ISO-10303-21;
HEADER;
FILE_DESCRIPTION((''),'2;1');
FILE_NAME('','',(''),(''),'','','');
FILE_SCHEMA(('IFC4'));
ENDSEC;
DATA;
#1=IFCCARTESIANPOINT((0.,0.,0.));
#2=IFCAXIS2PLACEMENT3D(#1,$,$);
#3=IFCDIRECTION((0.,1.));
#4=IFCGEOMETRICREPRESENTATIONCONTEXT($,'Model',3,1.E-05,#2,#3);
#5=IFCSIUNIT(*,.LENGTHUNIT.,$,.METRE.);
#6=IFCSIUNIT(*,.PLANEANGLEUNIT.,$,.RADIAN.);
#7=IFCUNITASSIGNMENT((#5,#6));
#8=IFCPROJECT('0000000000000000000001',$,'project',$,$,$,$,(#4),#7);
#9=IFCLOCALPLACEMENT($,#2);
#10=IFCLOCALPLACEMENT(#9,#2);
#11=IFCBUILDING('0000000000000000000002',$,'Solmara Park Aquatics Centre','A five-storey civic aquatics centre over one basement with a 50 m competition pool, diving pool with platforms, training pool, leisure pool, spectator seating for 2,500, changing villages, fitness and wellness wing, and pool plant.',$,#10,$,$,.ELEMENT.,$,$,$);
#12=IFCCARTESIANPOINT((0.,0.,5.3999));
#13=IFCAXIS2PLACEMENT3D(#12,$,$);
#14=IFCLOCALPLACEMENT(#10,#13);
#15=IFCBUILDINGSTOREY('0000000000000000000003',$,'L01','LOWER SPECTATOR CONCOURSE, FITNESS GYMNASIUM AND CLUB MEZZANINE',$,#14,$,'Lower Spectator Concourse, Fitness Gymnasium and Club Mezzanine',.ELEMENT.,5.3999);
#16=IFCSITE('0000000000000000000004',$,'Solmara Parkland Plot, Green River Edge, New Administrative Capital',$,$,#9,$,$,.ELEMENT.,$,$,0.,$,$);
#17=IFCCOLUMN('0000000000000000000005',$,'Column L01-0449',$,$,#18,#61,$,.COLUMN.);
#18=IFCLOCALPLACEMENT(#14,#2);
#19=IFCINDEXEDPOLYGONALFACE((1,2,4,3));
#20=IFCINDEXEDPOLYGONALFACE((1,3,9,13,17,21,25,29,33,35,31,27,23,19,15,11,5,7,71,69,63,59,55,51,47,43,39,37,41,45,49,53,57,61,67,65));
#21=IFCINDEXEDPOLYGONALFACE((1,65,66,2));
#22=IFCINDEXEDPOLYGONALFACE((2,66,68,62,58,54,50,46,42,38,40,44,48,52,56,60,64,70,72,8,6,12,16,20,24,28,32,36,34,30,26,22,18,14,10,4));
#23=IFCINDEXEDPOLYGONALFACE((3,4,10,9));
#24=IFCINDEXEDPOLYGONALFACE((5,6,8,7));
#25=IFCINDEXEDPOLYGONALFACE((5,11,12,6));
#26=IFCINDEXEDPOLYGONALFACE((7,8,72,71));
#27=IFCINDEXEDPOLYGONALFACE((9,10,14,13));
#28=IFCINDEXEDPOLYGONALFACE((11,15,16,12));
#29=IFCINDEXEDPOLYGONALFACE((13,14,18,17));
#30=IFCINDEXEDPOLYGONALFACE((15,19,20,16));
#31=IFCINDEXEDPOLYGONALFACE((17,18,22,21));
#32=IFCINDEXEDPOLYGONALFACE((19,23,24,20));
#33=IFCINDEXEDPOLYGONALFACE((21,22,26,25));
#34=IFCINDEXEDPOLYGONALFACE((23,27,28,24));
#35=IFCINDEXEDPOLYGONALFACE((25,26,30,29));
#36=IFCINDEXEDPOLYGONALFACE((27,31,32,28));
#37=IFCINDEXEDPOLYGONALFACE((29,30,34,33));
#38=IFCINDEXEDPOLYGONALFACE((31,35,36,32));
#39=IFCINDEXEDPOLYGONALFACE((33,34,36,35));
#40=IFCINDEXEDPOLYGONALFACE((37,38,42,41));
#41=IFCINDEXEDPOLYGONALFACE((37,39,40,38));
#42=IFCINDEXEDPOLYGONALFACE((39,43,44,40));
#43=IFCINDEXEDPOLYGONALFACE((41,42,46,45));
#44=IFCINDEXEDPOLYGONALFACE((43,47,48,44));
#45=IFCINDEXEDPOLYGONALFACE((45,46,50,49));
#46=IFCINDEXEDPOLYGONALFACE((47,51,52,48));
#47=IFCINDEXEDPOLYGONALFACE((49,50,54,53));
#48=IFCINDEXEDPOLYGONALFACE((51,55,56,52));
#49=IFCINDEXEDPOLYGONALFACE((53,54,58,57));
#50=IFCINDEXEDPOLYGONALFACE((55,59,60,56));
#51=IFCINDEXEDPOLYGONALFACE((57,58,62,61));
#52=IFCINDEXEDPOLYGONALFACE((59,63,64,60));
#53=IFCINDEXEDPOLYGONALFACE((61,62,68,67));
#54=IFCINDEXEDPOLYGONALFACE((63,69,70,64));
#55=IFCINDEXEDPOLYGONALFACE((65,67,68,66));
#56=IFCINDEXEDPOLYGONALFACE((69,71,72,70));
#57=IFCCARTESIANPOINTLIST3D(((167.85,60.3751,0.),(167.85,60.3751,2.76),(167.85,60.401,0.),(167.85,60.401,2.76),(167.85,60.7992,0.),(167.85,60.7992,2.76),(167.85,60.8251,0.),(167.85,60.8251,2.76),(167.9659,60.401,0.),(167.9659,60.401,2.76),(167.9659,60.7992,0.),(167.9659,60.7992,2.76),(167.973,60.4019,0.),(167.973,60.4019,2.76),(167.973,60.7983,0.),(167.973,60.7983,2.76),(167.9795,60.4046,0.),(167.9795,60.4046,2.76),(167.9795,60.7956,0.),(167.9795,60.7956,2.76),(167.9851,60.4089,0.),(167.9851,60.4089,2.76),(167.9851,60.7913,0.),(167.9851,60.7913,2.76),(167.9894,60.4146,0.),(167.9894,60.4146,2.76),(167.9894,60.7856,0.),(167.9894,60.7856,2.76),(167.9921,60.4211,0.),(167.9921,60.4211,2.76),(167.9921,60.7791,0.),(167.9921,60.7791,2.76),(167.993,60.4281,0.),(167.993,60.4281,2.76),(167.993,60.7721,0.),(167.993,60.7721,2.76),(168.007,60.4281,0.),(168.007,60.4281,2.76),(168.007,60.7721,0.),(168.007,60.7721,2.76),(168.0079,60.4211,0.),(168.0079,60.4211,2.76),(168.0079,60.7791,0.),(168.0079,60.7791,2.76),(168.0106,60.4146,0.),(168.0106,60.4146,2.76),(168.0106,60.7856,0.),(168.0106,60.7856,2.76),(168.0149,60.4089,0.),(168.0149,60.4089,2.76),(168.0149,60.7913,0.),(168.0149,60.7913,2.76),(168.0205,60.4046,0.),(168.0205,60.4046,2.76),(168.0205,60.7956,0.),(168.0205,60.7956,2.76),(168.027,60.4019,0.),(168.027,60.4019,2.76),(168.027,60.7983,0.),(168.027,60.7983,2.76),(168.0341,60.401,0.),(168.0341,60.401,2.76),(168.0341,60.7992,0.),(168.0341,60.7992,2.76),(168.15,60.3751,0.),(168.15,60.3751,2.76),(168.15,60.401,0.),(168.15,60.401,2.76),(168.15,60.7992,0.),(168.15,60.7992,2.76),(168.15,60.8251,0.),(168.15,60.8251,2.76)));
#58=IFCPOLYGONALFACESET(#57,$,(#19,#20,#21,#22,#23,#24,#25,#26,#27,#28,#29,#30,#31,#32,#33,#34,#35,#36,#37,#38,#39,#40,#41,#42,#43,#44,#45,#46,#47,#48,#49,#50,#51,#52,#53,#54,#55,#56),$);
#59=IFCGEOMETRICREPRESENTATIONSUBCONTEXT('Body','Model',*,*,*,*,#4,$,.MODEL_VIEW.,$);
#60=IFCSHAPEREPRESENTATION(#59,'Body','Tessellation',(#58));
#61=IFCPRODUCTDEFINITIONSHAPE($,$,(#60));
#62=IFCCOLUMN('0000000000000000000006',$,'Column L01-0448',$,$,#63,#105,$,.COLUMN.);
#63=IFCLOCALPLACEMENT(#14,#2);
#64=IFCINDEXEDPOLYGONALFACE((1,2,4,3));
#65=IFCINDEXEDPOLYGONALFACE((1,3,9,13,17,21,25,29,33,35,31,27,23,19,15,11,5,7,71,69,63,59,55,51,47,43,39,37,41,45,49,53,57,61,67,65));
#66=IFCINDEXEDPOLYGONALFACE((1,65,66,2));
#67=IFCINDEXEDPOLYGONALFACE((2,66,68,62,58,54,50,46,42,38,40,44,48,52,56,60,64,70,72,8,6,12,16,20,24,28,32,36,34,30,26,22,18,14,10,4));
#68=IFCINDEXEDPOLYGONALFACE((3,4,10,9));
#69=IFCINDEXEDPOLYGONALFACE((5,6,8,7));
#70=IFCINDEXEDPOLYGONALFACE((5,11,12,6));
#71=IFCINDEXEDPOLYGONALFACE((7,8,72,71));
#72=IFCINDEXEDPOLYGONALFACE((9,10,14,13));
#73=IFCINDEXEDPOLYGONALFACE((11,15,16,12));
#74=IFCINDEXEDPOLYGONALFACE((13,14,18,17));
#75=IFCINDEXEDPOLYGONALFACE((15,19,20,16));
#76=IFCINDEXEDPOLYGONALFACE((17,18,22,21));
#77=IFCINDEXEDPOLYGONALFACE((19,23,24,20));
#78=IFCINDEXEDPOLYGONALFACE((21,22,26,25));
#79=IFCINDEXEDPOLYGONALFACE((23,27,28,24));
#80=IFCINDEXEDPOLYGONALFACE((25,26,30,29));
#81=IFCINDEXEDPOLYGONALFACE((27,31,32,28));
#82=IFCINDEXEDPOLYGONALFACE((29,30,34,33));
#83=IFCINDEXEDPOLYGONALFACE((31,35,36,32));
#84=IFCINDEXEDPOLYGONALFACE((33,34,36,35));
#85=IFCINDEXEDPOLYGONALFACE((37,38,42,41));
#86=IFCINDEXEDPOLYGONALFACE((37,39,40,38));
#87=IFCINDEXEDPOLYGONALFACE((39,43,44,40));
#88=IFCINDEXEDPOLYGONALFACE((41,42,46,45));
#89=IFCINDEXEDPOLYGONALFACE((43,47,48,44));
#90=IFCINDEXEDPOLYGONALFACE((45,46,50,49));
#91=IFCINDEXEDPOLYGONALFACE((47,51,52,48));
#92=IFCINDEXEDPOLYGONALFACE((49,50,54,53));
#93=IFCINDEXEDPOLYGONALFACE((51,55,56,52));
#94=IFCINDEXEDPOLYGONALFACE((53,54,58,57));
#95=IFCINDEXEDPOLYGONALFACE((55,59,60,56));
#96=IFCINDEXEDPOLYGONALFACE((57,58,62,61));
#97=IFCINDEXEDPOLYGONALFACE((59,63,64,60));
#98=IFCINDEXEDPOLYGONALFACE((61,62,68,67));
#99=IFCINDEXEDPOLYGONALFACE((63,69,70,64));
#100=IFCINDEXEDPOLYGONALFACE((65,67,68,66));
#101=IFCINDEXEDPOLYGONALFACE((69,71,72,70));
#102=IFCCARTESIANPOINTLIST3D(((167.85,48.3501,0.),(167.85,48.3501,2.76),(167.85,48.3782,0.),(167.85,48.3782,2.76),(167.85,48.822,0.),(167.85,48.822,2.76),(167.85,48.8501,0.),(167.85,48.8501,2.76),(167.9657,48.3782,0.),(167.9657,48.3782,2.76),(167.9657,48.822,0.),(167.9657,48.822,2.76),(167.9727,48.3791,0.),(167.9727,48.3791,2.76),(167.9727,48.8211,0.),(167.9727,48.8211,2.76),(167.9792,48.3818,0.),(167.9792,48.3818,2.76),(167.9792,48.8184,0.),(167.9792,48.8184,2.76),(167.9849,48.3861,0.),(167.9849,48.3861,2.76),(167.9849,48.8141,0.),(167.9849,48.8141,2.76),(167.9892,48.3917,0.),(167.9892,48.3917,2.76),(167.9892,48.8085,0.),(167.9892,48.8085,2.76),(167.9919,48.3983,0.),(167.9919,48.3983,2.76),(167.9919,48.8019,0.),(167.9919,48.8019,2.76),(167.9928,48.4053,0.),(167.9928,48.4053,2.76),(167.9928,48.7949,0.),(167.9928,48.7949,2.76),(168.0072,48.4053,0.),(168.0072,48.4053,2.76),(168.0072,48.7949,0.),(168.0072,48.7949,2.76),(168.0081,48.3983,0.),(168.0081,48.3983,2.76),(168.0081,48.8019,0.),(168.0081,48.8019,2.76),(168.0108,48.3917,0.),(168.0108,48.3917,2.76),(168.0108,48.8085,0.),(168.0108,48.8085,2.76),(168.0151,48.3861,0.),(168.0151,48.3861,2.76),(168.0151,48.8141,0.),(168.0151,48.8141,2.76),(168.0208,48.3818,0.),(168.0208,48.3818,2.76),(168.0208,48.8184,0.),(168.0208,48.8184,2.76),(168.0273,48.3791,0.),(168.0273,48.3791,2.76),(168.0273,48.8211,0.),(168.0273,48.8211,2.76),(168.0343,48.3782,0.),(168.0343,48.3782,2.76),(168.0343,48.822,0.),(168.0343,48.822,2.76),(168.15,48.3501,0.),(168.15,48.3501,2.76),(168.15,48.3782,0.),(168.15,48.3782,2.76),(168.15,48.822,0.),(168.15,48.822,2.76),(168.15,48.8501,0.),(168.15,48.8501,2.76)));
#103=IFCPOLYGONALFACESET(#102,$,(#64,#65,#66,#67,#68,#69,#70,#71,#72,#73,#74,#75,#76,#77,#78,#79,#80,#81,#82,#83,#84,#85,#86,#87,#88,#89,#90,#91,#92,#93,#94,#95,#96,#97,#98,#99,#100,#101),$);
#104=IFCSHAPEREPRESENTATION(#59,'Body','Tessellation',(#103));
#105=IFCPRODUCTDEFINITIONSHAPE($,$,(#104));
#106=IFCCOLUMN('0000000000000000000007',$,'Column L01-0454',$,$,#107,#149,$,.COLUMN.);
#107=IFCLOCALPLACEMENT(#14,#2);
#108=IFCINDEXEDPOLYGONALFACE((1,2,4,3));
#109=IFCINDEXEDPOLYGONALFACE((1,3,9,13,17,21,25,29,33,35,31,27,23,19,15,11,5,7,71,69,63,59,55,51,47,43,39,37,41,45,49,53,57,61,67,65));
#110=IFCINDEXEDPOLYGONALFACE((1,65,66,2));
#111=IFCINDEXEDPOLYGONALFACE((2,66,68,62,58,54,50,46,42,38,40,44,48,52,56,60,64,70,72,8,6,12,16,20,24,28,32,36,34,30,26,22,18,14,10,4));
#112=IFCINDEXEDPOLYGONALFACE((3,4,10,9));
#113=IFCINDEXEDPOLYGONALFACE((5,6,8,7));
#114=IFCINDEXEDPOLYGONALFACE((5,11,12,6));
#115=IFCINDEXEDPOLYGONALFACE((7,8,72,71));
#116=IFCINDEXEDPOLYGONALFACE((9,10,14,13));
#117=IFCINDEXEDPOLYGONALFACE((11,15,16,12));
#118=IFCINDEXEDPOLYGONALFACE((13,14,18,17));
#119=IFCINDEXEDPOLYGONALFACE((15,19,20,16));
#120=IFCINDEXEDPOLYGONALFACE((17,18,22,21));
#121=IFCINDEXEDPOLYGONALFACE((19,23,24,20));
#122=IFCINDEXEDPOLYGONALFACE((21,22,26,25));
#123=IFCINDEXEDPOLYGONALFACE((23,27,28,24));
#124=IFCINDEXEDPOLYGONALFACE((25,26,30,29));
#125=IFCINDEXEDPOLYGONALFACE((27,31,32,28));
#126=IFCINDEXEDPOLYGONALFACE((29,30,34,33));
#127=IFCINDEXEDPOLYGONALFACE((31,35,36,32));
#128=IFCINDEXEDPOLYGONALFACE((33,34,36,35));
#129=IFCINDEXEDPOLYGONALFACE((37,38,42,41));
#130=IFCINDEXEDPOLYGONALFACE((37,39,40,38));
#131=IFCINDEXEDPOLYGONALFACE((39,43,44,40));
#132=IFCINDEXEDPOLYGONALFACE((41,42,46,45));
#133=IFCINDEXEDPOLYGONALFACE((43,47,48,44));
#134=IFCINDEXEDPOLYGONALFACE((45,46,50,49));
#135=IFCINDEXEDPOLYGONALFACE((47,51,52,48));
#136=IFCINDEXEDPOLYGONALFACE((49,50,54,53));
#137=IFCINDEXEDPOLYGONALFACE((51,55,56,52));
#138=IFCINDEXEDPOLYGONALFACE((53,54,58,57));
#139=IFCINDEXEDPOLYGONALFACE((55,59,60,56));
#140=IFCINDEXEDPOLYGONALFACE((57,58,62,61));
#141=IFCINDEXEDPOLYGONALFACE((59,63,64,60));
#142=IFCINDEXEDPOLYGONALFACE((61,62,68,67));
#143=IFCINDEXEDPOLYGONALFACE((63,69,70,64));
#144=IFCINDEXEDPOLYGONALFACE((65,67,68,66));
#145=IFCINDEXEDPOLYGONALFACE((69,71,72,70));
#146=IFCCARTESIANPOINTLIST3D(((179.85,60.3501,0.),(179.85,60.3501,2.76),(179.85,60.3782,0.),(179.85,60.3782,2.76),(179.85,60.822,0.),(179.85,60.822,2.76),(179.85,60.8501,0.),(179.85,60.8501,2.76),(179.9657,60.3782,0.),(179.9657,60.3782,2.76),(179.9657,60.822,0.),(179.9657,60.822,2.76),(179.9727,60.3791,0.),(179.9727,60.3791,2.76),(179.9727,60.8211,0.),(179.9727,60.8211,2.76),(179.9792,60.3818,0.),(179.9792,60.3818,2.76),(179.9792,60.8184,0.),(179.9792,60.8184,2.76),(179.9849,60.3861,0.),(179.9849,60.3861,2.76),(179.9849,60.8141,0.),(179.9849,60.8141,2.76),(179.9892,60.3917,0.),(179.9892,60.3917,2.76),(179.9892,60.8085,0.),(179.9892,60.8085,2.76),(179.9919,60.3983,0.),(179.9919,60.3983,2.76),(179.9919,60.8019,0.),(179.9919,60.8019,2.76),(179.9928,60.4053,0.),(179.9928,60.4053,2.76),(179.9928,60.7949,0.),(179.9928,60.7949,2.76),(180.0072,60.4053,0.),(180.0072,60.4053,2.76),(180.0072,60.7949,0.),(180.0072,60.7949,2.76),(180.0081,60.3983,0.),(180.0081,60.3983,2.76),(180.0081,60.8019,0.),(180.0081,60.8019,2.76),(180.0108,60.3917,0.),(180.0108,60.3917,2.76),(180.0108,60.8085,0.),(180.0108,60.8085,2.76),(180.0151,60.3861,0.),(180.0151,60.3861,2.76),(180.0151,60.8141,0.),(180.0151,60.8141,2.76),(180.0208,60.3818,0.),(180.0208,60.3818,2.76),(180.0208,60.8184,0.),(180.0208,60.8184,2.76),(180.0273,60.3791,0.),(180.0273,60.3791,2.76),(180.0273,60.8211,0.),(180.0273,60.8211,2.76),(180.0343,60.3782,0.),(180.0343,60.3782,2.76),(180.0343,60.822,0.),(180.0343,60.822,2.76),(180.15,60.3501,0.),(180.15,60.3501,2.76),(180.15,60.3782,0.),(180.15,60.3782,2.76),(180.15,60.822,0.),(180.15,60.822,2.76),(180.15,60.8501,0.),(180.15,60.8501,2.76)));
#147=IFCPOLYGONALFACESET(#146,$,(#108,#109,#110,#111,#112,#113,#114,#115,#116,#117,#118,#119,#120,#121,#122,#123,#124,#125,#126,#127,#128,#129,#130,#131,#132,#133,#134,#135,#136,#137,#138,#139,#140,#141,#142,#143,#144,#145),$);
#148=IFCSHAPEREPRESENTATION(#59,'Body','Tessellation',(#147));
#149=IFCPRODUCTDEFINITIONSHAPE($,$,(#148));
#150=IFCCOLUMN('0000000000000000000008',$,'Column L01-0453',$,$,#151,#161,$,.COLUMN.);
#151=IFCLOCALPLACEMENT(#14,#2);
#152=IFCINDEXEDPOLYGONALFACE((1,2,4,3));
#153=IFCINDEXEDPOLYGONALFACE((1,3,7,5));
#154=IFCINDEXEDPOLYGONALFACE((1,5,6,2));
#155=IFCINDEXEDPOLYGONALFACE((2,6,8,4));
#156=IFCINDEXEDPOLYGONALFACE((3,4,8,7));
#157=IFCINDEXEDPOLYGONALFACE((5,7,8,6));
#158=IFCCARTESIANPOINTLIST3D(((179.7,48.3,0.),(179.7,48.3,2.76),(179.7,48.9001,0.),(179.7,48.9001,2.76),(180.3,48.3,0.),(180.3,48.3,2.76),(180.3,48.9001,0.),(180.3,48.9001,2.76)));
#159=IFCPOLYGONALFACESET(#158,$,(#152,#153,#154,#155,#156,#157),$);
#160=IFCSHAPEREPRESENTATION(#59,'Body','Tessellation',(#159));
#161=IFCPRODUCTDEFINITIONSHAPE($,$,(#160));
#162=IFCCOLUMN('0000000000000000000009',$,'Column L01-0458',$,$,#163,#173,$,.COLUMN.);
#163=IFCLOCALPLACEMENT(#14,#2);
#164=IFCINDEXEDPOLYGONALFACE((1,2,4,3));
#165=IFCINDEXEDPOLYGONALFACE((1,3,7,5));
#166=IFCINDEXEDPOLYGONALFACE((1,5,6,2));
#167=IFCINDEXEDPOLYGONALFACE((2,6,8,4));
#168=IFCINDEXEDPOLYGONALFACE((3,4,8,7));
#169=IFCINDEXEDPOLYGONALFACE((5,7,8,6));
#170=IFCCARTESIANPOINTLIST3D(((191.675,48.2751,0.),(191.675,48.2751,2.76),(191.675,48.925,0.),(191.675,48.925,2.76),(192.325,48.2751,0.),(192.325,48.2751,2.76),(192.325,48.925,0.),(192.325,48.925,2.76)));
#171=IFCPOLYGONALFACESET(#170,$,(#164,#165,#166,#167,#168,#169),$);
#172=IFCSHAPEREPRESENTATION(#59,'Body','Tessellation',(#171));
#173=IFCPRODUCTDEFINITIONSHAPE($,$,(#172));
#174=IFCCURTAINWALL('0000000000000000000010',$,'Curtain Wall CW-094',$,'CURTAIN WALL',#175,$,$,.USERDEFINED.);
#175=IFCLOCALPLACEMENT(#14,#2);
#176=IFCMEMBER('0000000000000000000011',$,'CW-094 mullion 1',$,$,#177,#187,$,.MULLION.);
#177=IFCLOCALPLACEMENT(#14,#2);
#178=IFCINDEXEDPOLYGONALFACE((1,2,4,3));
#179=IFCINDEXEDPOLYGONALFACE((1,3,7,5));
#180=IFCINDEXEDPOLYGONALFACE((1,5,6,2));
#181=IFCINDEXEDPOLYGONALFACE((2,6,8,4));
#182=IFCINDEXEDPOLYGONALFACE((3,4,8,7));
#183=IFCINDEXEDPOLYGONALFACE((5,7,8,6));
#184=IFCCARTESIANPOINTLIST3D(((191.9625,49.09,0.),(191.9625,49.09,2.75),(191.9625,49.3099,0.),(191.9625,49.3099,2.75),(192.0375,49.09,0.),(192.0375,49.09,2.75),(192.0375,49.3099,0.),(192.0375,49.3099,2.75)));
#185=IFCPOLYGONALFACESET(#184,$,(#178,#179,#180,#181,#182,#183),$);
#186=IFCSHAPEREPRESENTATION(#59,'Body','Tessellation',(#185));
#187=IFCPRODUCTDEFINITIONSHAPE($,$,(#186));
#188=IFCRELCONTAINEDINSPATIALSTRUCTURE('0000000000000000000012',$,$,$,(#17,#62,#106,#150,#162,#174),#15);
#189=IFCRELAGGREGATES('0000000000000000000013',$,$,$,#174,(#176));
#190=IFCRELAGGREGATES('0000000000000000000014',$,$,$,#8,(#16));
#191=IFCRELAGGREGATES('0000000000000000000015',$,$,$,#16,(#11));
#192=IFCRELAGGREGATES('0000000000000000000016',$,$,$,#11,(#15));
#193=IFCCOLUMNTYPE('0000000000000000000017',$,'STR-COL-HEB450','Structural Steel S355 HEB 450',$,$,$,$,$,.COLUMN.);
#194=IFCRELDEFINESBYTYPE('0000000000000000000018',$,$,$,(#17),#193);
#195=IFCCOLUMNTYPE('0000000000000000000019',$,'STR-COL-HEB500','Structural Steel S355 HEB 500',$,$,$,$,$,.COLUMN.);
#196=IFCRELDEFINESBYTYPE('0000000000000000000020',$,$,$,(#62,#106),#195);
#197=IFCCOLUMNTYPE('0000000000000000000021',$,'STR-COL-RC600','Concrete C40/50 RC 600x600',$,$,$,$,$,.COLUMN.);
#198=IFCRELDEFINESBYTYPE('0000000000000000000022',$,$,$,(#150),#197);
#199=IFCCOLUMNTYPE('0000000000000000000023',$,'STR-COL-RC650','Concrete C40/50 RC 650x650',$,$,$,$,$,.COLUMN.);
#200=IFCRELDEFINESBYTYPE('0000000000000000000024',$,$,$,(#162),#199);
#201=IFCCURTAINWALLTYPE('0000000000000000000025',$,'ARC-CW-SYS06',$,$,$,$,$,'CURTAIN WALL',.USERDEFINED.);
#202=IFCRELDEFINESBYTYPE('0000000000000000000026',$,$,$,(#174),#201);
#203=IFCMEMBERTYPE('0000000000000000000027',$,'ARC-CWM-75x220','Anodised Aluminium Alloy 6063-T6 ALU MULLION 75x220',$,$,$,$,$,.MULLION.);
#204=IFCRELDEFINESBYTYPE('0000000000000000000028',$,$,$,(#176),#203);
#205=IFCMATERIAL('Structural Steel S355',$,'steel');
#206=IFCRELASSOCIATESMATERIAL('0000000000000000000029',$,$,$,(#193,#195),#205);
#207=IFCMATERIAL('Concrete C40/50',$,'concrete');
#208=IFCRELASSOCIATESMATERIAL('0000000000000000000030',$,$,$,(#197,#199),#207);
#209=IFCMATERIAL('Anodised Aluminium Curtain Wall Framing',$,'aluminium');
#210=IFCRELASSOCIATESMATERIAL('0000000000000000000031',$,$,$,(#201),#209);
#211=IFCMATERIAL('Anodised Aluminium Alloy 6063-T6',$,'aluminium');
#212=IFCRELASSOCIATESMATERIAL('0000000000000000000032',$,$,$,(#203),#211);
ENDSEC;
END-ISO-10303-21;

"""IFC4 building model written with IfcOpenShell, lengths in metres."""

from ifc_helpers import new_model, si_unit, direction, frame, origin, origin_2d, place, context, subcontext, project, spatial, rectangle, i_section, extrude, material, material_profile, profile_set, type_object, element, aggregate, save


model = new_model("IFC4")

# Units and contexts
model_context = context("Model", 3, precision=1e-05, world=origin(), true_north=direction((0.0, 1.0)))
body_context = subcontext(model_context, "Body", "Model", "MODEL_VIEW")
ifc_project = project(units=[si_unit("LENGTHUNIT", "METRE"), si_unit("PLANEANGLEUNIT", "RADIAN")], contexts=[model_context])

# Site, building, storey
site_placement = place(None, origin())
site = spatial("IfcSite", under=ifc_project, at=site_placement, Name="Solmara Parkland Plot, Green River Edge, New Administrative Capital", CompositionType="ELEMENT", RefElevation=0.0)
building_placement = place(site_placement, origin())
building = spatial("IfcBuilding", under=site, at=building_placement, Name="Solmara Park Aquatics Centre", Description="A five-storey civic aquatics centre over one basement with a 50 m competition pool, diving pool with platforms, training pool, leisure pool, spectator seating for 2,500, changing villages, fitness and wellness wing, and pool plant.", CompositionType="ELEMENT")
storey_placement = place(building_placement, frame((0.0, 0.0, 5.3999)))
storey = spatial("IfcBuildingStorey", under=building, at=storey_placement, Name="L01", Description="LOWER SPECTATOR CONCOURSE, FITNESS GYMNASIUM AND CLUB MEZZANINE", LongName="Lower Spectator Concourse, Fitness Gymnasium and Club Mezzanine", CompositionType="ELEMENT", Elevation=5.3999)

# Columns
ifc_material_1 = material(Name="Structural Steel S355", Category="steel")
ifc_material_profile_1 = material_profile(ifc_material_1, i_section(OverallWidth=0.3, OverallDepth=0.45, WebThickness=0.0139, FlangeThickness=0.0259, FilletRadius=0.0271, at=origin_2d()), Name="HEB 450")
ifc_profile_set_1 = profile_set([ifc_material_profile_1], Name="Structural Steel S355")
column_type_1 = type_object("IfcColumnType", Name="STR-COL-HEB450", Description="Structural Steel S355 HEB 450", PredefinedType="COLUMN", material=ifc_profile_set_1)
column_1_placement = place(storey_placement, frame((168.0, 60.6001, 0.0), z_axis=(0.0, 0.0, 1.0), x_axis=(1.0, 0.0, 0.0)))
element("IfcColumn", 1, at=column_1_placement, inside=storey, type_object=column_type_1, Name="Column L01-0449", PredefinedType="COLUMN", context=body_context, shape_type="SweptSolid", body=[
    extrude(i_section(OverallWidth=0.3, OverallDepth=0.45, WebThickness=0.0139, FlangeThickness=0.0259, FilletRadius=0.0271, at=origin_2d()), origin(), (0.0, 0.0, 1.0), 2.76),
])
ifc_material_profile_2 = material_profile(ifc_material_1, i_section(OverallWidth=0.3, OverallDepth=0.5, WebThickness=0.0144, FlangeThickness=0.0281, FilletRadius=0.0271, at=origin_2d()), Name="HEB 500")
ifc_profile_set_2 = profile_set([ifc_material_profile_2], Name="Structural Steel S355")
column_type_2 = type_object("IfcColumnType", Name="STR-COL-HEB500", Description="Structural Steel S355 HEB 500", PredefinedType="COLUMN", material=ifc_profile_set_2)
for number, where, z_axis, x_axis, name in (
    (2, (168.0, 48.6001, 0.0), (0.0, 0.0, 1.0), (1.0, 0.0, 0.0), "Column L01-0448"),
    (3, (180.0, 60.6001, 0.0), (0.0, 0.0, 1.0), (1.0, 0.0, 0.0), "Column L01-0454"),
):
    element("IfcColumn", number, at=place(storey_placement, frame(where, z_axis=z_axis, x_axis=x_axis)), inside=storey, type_object=column_type_2, Name=name, PredefinedType="COLUMN", context=body_context, shape_type="SweptSolid", body=[
        extrude(i_section(OverallWidth=0.3, OverallDepth=0.5, WebThickness=0.0144, FlangeThickness=0.0281, FilletRadius=0.0271, at=origin_2d()), origin(), (0.0, 0.0, 1.0), 2.76),
    ])
ifc_material_2 = material(Name="Concrete C40/50", Category="concrete")
ifc_material_profile_3 = material_profile(ifc_material_2, rectangle(XDim=0.6001, YDim=0.6001, at=origin_2d()), Name="RC 600x600")
ifc_profile_set_3 = profile_set([ifc_material_profile_3], Name="Concrete C40/50")
column_type_3 = type_object("IfcColumnType", Name="STR-COL-RC600", Description="Concrete C40/50 RC 600x600", PredefinedType="COLUMN", material=ifc_profile_set_3)
column_2_placement = place(storey_placement, frame((180.0, 48.6001, 0.0), z_axis=(0.0, 0.0, 1.0), x_axis=(1.0, 0.0, 0.0)))
element("IfcColumn", 4, at=column_2_placement, inside=storey, type_object=column_type_3, Name="Column L01-0453", PredefinedType="COLUMN", context=body_context, shape_type="SweptSolid", body=[
    extrude(rectangle(XDim=0.6001, YDim=0.6001, at=origin_2d()), origin(), (0.0, 0.0, 1.0), 2.76),
])
ifc_material_profile_4 = material_profile(ifc_material_2, rectangle(XDim=0.6499, YDim=0.6499, at=origin_2d()), Name="RC 650x650")
ifc_profile_set_4 = profile_set([ifc_material_profile_4], Name="Concrete C40/50")
column_type_4 = type_object("IfcColumnType", Name="STR-COL-RC650", Description="Concrete C40/50 RC 650x650", PredefinedType="COLUMN", material=ifc_profile_set_4)
column_3_placement = place(storey_placement, frame((192.0, 48.6001, 0.0), z_axis=(0.0, 0.0, 1.0), x_axis=(1.0, 0.0, 0.0)))
element("IfcColumn", 5, at=column_3_placement, inside=storey, type_object=column_type_4, Name="Column L01-0458", PredefinedType="COLUMN", context=body_context, shape_type="SweptSolid", body=[
    extrude(rectangle(XDim=0.6499, YDim=0.6499, at=origin_2d()), origin(), (0.0, 0.0, 1.0), 2.76),
])

# Curtain wall, member
ifc_material_3 = material(Name="Anodised Aluminium Curtain Wall Framing", Category="aluminium")
curtain_wall_type = type_object("IfcCurtainWallType", Name="ARC-CW-SYS06", ElementType="CURTAIN WALL", PredefinedType="USERDEFINED", material=ifc_material_3)
curtain_wall_placement = place(storey_placement, origin())
curtain_wall = element("IfcCurtainWall", 6, at=curtain_wall_placement, inside=storey, type_object=curtain_wall_type, Name="Curtain Wall CW-094", ObjectType="CURTAIN WALL", PredefinedType="USERDEFINED")
ifc_material_4 = material(Name="Anodised Aluminium Alloy 6063-T6", Category="aluminium")
ifc_material_profile_5 = material_profile(ifc_material_4, rectangle(XDim=0.075, YDim=0.22, at=origin_2d()), Name="ALU MULLION 75x220")
ifc_profile_set_5 = profile_set([ifc_material_profile_5], Name="Anodised Aluminium Alloy 6063-T6")
member_type_1 = type_object("IfcMemberType", Name="ARC-CWM-75x220", Description="Anodised Aluminium Alloy 6063-T6 ALU MULLION 75x220", PredefinedType="MULLION", material=ifc_profile_set_5)
member_1_placement = place(storey_placement, frame((192.0, 49.2, 0.0), z_axis=(0.0, 0.0, 1.0), x_axis=(1.0, 0.0, 0.0)))
member_1 = element("IfcMember", 7, at=member_1_placement, type_object=member_type_1, Name="CW-094 mullion 1", PredefinedType="MULLION", context=body_context, shape_type="SweptSolid", body=[
    extrude(rectangle(XDim=0.075, YDim=0.22, at=origin_2d()), origin(), (0.0, 0.0, 1.0), 2.75),
])
aggregate(curtain_wall, [member_1])

save(model, "model.ifc")
